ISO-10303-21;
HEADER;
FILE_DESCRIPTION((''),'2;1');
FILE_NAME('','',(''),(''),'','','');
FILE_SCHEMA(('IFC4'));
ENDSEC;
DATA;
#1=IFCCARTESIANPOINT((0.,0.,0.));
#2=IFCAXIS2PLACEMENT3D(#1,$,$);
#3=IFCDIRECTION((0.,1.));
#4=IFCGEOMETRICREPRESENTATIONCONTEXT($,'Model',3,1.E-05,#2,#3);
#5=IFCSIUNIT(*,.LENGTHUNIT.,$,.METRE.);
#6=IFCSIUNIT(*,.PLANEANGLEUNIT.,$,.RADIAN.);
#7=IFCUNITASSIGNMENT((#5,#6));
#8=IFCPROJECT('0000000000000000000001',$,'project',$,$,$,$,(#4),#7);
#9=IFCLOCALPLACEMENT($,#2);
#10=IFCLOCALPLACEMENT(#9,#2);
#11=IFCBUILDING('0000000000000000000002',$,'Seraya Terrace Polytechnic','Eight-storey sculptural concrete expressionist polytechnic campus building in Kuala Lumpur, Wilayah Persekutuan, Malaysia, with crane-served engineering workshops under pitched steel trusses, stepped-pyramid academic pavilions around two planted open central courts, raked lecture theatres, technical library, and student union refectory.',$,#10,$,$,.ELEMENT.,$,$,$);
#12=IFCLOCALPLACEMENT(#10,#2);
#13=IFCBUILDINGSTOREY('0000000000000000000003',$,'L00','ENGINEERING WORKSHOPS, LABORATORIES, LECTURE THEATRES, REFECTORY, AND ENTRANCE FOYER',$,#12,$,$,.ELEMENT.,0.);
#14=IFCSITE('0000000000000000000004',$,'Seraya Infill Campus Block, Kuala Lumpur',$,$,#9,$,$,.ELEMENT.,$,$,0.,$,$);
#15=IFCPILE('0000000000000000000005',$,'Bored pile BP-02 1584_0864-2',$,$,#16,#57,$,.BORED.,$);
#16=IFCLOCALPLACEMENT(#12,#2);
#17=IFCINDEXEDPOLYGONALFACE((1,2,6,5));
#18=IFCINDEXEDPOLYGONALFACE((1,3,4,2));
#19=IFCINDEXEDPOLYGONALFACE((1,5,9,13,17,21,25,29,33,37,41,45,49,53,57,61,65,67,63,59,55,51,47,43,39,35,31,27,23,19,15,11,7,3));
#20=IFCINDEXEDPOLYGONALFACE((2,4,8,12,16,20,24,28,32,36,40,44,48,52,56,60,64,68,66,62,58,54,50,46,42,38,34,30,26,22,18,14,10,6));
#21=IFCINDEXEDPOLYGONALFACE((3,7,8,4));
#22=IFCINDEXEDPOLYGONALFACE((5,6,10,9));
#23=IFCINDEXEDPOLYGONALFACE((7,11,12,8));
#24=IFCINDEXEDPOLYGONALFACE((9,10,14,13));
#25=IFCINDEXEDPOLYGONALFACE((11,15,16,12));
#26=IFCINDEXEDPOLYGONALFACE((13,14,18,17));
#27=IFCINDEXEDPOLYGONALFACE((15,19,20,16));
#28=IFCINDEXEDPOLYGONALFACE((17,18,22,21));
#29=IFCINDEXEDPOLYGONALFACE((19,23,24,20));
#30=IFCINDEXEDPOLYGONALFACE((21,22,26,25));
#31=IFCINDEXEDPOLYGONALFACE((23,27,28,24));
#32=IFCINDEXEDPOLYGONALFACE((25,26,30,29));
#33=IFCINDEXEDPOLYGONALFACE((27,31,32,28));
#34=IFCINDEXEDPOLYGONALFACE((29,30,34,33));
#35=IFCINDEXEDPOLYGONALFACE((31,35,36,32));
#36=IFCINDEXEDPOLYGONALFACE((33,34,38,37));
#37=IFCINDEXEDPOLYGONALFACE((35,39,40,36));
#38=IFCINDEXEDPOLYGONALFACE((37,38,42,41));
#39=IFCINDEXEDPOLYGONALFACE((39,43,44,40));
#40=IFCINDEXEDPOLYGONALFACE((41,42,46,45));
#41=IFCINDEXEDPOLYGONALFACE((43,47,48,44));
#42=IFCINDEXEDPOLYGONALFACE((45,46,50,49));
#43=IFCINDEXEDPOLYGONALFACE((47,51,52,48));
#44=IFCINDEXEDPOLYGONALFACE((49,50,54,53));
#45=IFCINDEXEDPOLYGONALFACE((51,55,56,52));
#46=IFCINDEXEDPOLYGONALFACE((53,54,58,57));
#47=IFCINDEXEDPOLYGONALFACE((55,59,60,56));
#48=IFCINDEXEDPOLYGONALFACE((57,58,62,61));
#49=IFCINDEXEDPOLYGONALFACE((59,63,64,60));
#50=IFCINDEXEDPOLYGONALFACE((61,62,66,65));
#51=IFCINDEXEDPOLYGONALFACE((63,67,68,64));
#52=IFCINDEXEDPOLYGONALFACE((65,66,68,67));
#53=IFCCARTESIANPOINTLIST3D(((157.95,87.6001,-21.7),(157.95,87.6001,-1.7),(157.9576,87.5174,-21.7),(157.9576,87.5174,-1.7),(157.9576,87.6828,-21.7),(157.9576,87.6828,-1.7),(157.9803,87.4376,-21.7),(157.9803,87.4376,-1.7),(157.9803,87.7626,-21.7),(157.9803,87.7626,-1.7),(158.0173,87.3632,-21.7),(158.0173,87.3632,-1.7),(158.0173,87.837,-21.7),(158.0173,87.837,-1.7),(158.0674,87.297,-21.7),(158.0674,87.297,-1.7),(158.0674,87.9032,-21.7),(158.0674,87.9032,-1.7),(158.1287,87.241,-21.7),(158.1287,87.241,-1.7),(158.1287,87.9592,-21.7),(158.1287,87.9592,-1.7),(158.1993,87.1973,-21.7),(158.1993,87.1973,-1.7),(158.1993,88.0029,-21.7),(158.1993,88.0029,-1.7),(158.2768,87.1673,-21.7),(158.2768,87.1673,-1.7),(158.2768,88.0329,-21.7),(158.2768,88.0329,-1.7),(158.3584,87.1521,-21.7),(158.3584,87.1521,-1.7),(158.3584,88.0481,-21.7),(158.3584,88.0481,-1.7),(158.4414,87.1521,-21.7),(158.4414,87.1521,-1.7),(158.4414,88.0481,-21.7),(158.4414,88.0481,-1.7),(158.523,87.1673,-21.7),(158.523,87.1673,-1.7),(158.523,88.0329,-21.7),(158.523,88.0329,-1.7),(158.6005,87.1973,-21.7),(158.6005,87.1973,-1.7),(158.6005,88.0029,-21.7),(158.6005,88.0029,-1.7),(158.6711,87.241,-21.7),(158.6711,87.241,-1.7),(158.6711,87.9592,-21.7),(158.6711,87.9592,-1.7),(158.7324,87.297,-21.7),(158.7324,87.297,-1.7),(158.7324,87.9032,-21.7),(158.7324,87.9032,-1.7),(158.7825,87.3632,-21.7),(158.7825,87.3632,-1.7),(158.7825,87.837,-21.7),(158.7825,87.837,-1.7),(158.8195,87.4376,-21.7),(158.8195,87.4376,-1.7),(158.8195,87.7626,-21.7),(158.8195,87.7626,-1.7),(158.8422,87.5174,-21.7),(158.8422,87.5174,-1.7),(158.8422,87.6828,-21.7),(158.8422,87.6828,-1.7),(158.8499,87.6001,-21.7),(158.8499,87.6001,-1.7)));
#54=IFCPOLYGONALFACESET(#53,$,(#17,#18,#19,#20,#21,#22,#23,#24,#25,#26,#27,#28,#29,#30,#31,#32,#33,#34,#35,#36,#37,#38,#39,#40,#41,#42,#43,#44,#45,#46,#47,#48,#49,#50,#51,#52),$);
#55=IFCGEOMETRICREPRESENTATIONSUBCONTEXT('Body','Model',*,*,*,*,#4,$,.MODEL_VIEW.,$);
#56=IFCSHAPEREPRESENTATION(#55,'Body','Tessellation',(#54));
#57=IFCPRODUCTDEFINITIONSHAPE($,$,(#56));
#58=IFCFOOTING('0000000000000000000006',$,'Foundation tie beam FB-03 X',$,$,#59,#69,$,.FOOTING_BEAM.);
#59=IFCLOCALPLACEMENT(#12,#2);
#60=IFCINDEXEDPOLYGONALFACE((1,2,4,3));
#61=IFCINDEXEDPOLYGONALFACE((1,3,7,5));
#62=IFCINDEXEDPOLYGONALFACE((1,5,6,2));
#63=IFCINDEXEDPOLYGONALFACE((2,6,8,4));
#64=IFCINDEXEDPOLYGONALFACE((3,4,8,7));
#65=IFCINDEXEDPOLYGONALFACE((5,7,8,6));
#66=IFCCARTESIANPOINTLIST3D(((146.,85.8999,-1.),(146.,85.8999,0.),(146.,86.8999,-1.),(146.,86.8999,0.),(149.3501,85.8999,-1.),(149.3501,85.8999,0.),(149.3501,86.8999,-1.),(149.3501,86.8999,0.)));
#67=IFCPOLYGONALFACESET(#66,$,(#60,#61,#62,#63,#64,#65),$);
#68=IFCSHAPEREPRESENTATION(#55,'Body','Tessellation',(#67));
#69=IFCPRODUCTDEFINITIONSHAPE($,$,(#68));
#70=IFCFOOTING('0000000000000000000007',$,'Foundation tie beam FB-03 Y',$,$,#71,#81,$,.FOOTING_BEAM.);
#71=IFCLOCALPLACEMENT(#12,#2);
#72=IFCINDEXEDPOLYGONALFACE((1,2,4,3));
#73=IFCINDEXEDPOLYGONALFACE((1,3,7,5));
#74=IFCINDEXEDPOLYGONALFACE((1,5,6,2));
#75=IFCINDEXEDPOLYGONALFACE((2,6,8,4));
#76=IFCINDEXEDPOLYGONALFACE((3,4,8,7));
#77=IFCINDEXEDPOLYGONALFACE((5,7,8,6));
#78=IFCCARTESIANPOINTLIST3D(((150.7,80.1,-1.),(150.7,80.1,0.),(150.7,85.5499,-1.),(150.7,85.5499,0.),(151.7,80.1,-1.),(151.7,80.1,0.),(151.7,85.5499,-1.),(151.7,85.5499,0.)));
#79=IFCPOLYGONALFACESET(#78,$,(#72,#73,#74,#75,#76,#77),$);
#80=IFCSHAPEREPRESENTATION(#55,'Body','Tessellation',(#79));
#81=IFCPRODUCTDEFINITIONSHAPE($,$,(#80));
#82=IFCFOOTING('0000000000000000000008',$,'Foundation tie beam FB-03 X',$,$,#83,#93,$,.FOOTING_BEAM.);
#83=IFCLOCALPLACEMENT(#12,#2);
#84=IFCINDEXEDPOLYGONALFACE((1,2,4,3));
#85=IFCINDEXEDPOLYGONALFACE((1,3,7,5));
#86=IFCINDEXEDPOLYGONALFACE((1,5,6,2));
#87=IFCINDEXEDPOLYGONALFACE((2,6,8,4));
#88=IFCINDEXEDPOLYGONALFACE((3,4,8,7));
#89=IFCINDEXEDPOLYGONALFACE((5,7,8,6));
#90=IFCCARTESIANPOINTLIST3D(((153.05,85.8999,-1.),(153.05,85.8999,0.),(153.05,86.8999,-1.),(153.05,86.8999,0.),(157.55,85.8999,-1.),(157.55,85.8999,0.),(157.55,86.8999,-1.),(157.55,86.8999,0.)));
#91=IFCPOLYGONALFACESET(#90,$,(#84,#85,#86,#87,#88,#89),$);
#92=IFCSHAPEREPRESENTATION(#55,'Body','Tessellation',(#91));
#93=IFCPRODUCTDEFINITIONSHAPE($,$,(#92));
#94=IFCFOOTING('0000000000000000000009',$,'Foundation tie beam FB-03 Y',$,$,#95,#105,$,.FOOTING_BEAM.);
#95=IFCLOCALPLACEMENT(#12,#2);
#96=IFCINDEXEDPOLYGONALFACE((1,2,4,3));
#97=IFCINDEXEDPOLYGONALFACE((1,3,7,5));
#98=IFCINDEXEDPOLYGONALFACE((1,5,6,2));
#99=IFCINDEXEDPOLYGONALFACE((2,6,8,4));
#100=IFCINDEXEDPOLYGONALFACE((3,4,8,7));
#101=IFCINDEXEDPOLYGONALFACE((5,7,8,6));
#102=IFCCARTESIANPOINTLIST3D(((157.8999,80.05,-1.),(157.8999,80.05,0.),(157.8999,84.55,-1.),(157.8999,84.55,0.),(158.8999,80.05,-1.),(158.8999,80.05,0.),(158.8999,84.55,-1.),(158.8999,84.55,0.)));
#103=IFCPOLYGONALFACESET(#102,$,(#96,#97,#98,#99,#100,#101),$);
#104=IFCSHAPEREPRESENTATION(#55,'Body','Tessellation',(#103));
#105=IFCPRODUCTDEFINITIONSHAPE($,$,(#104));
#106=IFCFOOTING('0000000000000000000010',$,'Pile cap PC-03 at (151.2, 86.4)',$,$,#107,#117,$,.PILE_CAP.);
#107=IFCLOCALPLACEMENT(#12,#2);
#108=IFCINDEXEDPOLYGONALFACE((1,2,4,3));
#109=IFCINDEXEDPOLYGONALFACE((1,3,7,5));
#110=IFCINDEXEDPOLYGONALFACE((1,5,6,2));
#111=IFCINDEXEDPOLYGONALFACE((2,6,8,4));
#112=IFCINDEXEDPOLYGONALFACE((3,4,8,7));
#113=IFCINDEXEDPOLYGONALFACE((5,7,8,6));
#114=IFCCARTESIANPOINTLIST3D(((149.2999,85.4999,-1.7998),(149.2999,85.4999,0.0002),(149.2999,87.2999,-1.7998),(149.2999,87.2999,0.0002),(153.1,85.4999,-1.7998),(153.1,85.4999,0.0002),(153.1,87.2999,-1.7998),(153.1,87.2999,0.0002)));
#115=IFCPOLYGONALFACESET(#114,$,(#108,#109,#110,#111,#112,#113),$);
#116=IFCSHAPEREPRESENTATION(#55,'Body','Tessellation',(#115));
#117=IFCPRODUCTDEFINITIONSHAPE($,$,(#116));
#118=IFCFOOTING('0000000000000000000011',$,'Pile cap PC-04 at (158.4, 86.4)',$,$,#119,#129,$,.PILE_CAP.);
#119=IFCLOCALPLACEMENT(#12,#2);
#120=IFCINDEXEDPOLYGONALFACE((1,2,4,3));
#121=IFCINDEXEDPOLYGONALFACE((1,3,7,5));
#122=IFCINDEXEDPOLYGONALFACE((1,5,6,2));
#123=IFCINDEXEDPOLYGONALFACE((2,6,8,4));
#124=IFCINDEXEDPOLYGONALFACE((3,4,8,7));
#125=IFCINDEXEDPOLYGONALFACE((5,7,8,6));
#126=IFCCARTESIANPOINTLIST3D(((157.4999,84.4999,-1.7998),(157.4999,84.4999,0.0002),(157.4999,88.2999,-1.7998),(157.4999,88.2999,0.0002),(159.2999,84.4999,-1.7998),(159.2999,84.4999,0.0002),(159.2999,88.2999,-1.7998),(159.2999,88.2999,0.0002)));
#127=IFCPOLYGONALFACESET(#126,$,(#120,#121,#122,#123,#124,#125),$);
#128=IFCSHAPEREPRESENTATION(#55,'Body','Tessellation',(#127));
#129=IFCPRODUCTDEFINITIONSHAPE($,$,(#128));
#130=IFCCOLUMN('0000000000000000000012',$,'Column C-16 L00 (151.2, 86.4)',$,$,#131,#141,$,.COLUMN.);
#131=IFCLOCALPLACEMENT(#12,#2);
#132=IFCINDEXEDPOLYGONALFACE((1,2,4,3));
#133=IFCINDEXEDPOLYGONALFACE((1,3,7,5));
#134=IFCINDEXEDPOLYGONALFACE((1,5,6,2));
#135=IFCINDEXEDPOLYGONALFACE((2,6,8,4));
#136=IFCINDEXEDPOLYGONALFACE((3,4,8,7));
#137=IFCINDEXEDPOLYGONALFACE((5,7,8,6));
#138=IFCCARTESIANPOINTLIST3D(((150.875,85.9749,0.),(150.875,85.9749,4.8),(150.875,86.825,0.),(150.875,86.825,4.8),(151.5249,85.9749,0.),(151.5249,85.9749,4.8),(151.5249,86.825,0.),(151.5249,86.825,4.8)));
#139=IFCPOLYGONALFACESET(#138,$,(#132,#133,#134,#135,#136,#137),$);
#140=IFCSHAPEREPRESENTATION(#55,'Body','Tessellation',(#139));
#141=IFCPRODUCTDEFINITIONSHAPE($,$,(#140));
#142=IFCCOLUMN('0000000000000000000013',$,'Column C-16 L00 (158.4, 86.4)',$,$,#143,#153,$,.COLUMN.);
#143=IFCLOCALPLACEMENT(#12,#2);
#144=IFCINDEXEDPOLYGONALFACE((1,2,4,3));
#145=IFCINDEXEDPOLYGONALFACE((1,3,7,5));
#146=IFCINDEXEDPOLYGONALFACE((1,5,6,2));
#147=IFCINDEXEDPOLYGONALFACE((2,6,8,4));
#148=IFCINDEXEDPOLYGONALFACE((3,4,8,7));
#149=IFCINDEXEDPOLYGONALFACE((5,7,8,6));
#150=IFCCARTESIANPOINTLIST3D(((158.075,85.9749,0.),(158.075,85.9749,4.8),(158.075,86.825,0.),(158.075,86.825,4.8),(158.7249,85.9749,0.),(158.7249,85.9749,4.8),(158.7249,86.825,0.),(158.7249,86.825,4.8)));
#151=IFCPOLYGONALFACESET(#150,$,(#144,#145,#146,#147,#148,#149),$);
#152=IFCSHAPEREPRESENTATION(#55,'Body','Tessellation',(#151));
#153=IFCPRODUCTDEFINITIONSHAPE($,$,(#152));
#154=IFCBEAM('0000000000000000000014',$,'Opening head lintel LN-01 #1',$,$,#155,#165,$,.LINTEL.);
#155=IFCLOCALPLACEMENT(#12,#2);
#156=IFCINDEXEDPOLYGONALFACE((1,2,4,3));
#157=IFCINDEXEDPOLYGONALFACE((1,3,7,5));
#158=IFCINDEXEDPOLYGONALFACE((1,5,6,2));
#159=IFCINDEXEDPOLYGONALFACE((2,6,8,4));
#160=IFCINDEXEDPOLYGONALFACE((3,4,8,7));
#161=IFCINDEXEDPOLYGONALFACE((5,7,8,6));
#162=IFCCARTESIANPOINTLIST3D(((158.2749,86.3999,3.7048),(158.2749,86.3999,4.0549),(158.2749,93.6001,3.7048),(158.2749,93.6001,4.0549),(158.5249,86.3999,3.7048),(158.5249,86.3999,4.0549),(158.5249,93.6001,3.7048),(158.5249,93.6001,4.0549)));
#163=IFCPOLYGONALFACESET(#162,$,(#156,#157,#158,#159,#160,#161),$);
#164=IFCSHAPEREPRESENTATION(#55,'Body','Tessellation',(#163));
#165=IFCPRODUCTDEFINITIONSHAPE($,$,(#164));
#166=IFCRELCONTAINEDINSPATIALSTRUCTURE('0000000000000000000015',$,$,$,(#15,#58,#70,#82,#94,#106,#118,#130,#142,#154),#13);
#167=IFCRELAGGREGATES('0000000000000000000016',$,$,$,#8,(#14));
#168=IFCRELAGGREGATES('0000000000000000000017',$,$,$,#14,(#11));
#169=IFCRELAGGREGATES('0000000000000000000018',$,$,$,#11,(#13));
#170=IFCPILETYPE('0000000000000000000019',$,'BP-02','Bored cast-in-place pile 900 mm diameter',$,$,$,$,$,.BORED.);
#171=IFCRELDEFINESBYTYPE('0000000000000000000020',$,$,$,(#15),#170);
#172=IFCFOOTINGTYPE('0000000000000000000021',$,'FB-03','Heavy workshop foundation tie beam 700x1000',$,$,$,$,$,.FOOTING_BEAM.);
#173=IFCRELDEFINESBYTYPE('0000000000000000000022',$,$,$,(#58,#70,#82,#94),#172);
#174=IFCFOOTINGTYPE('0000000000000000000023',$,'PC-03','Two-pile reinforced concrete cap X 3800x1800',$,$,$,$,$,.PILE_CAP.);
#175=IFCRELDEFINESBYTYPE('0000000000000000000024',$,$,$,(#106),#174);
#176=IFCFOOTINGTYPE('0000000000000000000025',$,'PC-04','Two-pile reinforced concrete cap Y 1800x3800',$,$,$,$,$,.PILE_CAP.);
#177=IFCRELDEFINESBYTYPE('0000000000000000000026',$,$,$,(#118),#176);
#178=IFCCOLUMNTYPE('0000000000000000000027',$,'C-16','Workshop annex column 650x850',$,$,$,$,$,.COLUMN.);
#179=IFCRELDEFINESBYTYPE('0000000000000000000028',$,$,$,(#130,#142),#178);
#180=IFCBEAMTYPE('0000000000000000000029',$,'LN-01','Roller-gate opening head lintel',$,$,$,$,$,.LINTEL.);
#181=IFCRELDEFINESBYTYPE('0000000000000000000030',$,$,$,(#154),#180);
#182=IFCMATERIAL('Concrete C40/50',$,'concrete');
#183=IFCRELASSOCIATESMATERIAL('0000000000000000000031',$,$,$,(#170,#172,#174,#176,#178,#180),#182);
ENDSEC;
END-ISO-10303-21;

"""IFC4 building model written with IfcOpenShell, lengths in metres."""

from ifc_helpers import new_model, si_unit, direction, frame, origin, origin_2d, place, context, subcontext, project, spatial, rectangle, circle, extrude, material, material_profile, profile_set, type_object, element, save


model = new_model("IFC4")

# Units and contexts
model_context = context("Model", 3, precision=1e-05, world=origin(), true_north=direction((0.0, 1.0)))
body_context = subcontext(model_context, "Body", "Model", "MODEL_VIEW")
ifc_project = project(units=[si_unit("LENGTHUNIT", "METRE"), si_unit("PLANEANGLEUNIT", "RADIAN")], contexts=[model_context])

# Site, building, storey
site_placement = place(None, origin())
site = spatial("IfcSite", under=ifc_project, at=site_placement, Name="Seraya Infill Campus Block, Kuala Lumpur", CompositionType="ELEMENT", RefElevation=0.0)
building_placement = place(site_placement, origin())
building = spatial("IfcBuilding", under=site, at=building_placement, Name="Seraya Terrace Polytechnic", Description="Eight-storey sculptural concrete expressionist polytechnic campus building in Kuala Lumpur, Wilayah Persekutuan, Malaysia, with crane-served engineering workshops under pitched steel trusses, stepped-pyramid academic pavilions around two planted open central courts, raked lecture theatres, technical library, and student union refectory.", CompositionType="ELEMENT")
storey_placement = place(building_placement, origin())
storey = spatial("IfcBuildingStorey", under=building, at=storey_placement, Name="L00", Description="ENGINEERING WORKSHOPS, LABORATORIES, LECTURE THEATRES, REFECTORY, AND ENTRANCE FOYER", CompositionType="ELEMENT", Elevation=0.0)

# Pile
ifc_material_1 = material(Name="Concrete C40/50", Category="concrete")
ifc_material_profile_1 = material_profile(ifc_material_1, circle(Radius=0.45, at=origin_2d()), Name="DIA 900")
ifc_profile_set_1 = profile_set([ifc_material_profile_1], Name="Concrete C40/50")
pile_type = type_object("IfcPileType", Name="BP-02", Description="Bored cast-in-place pile 900 mm diameter", PredefinedType="BORED", material=ifc_profile_set_1)
for number, where, z_axis, x_axis, name in (
    (1, (158.3999, 87.6001, -1.7), (0.0, 0.0, -1.0), (1.0, 0.0, 0.0), "Bored pile BP-02 1584_0864-2"),
):
    element("IfcPile", number, at=place(storey_placement, frame(where, z_axis=z_axis, x_axis=x_axis)), inside=storey, type_object=pile_type, Name=name, PredefinedType="BORED", context=body_context, shape_type="SweptSolid", body=[
        extrude(circle(Radius=0.45, at=origin_2d()), origin(), (0.0, 0.0, 1.0), 20.0),
    ])

# Footings
footing_type_1 = type_object("IfcFootingType", Name="FB-03", Description="Heavy workshop foundation tie beam 700x1000", PredefinedType="FOOTING_BEAM", material=ifc_material_1)
footing_1_placement = place(storey_placement, frame((147.675, 86.3999, -1.0), z_axis=(0.0, 0.0, 1.0), x_axis=(1.0, 0.0, 0.0)))
element("IfcFooting", 2, at=footing_1_placement, inside=storey, type_object=footing_type_1, Name="Foundation tie beam FB-03 X", PredefinedType="FOOTING_BEAM", context=body_context, shape_type="SweptSolid", body=[
    extrude(rectangle(XDim=3.3501, YDim=1.0, at=origin_2d()), origin(), (0.0, 0.0, 1.0), 1.0),
])
footing_2_placement = place(storey_placement, frame((151.2, 82.825, -1.0), z_axis=(0.0, 0.0, 1.0), x_axis=(0.0, 1.0, 0.0)))
element("IfcFooting", 3, at=footing_2_placement, inside=storey, type_object=footing_type_1, Name="Foundation tie beam FB-03 Y", PredefinedType="FOOTING_BEAM", context=body_context, shape_type="SweptSolid", body=[
    extrude(rectangle(XDim=5.45, YDim=1.0, at=origin_2d()), origin(), (0.0, 0.0, 1.0), 1.0),
])
for number, where, z_axis, x_axis, name in (
    (4, (155.3, 86.3999, -1.0), (0.0, 0.0, 1.0), (1.0, 0.0, 0.0), "Foundation tie beam FB-03 X"),
    (5, (158.3999, 82.3, -1.0), (0.0, 0.0, 1.0), (0.0, 1.0, 0.0), "Foundation tie beam FB-03 Y"),
):
    element("IfcFooting", number, at=place(storey_placement, frame(where, z_axis=z_axis, x_axis=x_axis)), inside=storey, type_object=footing_type_1, Name=name, PredefinedType="FOOTING_BEAM", context=body_context, shape_type="SweptSolid", body=[
        extrude(rectangle(XDim=4.5, YDim=1.0, at=origin_2d()), origin(), (0.0, 0.0, 1.0), 1.0),
    ])
footing_type_2 = type_object("IfcFootingType", Name="PC-03", Description="Two-pile reinforced concrete cap X 3800x1800", PredefinedType="PILE_CAP", material=ifc_material_1)
footing_3_placement = place(storey_placement, frame((151.2, 86.3999, -1.7998), z_axis=(0.0, 0.0, 1.0), x_axis=(1.0, 0.0, 0.0)))
element("IfcFooting", 6, at=footing_3_placement, inside=storey, type_object=footing_type_2, Name="Pile cap PC-03 at (151.2, 86.4)", PredefinedType="PILE_CAP", context=body_context, shape_type="SweptSolid", body=[
    extrude(rectangle(XDim=3.8, YDim=1.8, at=origin_2d()), origin(), (0.0, 0.0, 1.0), 1.8),
])
footing_type_3 = type_object("IfcFootingType", Name="PC-04", Description="Two-pile reinforced concrete cap Y 1800x3800", PredefinedType="PILE_CAP", material=ifc_material_1)
footing_4_placement = place(storey_placement, frame((158.3999, 86.3999, -1.7998), z_axis=(0.0, 0.0, 1.0), x_axis=(1.0, 0.0, 0.0)))
element("IfcFooting", 7, at=footing_4_placement, inside=storey, type_object=footing_type_3, Name="Pile cap PC-04 at (158.4, 86.4)", PredefinedType="PILE_CAP", context=body_context, shape_type="SweptSolid", body=[
    extrude(rectangle(XDim=1.8, YDim=3.8, at=origin_2d()), origin(), (0.0, 0.0, 1.0), 1.8),
])

# Columns
ifc_material_profile_2 = material_profile(ifc_material_1, rectangle(XDim=0.6499, YDim=0.8501, at=origin_2d()), Name="RC 650x850")
ifc_profile_set_2 = profile_set([ifc_material_profile_2], Name="Concrete C40/50")
column_type = type_object("IfcColumnType", Name="C-16", Description="Workshop annex column 650x850", PredefinedType="COLUMN", material=ifc_profile_set_2)
for number, where, z_axis, x_axis, name in (
    (8, (151.2, 86.3999, 0.0), (0.0, 0.0, 1.0), (1.0, 0.0, 0.0), "Column C-16 L00 (151.2, 86.4)"),
    (9, (158.3999, 86.3999, 0.0), (0.0, 0.0, 1.0), (1.0, 0.0, 0.0), "Column C-16 L00 (158.4, 86.4)"),
):
    element("IfcColumn", number, at=place(storey_placement, frame(where, z_axis=z_axis, x_axis=x_axis)), inside=storey, type_object=column_type, Name=name, PredefinedType="COLUMN", context=body_context, shape_type="SweptSolid", body=[
        extrude(rectangle(XDim=0.6499, YDim=0.8501, at=origin_2d()), origin(), (0.0, 0.0, 1.0), 4.8),
    ])

# Beam
ifc_material_profile_3 = material_profile(ifc_material_1, rectangle(XDim=0.25, YDim=0.3501, at=origin_2d()), Name="RC 250x350")
ifc_profile_set_3 = profile_set([ifc_material_profile_3], Name="Concrete C40/50")
beam_type = type_object("IfcBeamType", Name="LN-01", Description="Roller-gate opening head lintel", PredefinedType="LINTEL", material=ifc_profile_set_3)
beam_placement = place(storey_placement, frame((158.3999, 86.3999, 3.8799), z_axis=(0.0, 1.0, 0.0), x_axis=(-1.0, 0.0, 0.0)))
element("IfcBeam", 10, at=beam_placement, inside=storey, type_object=beam_type, Name="Opening head lintel LN-01 #1", PredefinedType="LINTEL", context=body_context, shape_type="SweptSolid", body=[
    extrude(rectangle(XDim=0.25, YDim=0.3501, at=origin_2d()), origin(), (0.0, 0.0, 1.0), 7.2002),
])

save(model, "model.ifc")
